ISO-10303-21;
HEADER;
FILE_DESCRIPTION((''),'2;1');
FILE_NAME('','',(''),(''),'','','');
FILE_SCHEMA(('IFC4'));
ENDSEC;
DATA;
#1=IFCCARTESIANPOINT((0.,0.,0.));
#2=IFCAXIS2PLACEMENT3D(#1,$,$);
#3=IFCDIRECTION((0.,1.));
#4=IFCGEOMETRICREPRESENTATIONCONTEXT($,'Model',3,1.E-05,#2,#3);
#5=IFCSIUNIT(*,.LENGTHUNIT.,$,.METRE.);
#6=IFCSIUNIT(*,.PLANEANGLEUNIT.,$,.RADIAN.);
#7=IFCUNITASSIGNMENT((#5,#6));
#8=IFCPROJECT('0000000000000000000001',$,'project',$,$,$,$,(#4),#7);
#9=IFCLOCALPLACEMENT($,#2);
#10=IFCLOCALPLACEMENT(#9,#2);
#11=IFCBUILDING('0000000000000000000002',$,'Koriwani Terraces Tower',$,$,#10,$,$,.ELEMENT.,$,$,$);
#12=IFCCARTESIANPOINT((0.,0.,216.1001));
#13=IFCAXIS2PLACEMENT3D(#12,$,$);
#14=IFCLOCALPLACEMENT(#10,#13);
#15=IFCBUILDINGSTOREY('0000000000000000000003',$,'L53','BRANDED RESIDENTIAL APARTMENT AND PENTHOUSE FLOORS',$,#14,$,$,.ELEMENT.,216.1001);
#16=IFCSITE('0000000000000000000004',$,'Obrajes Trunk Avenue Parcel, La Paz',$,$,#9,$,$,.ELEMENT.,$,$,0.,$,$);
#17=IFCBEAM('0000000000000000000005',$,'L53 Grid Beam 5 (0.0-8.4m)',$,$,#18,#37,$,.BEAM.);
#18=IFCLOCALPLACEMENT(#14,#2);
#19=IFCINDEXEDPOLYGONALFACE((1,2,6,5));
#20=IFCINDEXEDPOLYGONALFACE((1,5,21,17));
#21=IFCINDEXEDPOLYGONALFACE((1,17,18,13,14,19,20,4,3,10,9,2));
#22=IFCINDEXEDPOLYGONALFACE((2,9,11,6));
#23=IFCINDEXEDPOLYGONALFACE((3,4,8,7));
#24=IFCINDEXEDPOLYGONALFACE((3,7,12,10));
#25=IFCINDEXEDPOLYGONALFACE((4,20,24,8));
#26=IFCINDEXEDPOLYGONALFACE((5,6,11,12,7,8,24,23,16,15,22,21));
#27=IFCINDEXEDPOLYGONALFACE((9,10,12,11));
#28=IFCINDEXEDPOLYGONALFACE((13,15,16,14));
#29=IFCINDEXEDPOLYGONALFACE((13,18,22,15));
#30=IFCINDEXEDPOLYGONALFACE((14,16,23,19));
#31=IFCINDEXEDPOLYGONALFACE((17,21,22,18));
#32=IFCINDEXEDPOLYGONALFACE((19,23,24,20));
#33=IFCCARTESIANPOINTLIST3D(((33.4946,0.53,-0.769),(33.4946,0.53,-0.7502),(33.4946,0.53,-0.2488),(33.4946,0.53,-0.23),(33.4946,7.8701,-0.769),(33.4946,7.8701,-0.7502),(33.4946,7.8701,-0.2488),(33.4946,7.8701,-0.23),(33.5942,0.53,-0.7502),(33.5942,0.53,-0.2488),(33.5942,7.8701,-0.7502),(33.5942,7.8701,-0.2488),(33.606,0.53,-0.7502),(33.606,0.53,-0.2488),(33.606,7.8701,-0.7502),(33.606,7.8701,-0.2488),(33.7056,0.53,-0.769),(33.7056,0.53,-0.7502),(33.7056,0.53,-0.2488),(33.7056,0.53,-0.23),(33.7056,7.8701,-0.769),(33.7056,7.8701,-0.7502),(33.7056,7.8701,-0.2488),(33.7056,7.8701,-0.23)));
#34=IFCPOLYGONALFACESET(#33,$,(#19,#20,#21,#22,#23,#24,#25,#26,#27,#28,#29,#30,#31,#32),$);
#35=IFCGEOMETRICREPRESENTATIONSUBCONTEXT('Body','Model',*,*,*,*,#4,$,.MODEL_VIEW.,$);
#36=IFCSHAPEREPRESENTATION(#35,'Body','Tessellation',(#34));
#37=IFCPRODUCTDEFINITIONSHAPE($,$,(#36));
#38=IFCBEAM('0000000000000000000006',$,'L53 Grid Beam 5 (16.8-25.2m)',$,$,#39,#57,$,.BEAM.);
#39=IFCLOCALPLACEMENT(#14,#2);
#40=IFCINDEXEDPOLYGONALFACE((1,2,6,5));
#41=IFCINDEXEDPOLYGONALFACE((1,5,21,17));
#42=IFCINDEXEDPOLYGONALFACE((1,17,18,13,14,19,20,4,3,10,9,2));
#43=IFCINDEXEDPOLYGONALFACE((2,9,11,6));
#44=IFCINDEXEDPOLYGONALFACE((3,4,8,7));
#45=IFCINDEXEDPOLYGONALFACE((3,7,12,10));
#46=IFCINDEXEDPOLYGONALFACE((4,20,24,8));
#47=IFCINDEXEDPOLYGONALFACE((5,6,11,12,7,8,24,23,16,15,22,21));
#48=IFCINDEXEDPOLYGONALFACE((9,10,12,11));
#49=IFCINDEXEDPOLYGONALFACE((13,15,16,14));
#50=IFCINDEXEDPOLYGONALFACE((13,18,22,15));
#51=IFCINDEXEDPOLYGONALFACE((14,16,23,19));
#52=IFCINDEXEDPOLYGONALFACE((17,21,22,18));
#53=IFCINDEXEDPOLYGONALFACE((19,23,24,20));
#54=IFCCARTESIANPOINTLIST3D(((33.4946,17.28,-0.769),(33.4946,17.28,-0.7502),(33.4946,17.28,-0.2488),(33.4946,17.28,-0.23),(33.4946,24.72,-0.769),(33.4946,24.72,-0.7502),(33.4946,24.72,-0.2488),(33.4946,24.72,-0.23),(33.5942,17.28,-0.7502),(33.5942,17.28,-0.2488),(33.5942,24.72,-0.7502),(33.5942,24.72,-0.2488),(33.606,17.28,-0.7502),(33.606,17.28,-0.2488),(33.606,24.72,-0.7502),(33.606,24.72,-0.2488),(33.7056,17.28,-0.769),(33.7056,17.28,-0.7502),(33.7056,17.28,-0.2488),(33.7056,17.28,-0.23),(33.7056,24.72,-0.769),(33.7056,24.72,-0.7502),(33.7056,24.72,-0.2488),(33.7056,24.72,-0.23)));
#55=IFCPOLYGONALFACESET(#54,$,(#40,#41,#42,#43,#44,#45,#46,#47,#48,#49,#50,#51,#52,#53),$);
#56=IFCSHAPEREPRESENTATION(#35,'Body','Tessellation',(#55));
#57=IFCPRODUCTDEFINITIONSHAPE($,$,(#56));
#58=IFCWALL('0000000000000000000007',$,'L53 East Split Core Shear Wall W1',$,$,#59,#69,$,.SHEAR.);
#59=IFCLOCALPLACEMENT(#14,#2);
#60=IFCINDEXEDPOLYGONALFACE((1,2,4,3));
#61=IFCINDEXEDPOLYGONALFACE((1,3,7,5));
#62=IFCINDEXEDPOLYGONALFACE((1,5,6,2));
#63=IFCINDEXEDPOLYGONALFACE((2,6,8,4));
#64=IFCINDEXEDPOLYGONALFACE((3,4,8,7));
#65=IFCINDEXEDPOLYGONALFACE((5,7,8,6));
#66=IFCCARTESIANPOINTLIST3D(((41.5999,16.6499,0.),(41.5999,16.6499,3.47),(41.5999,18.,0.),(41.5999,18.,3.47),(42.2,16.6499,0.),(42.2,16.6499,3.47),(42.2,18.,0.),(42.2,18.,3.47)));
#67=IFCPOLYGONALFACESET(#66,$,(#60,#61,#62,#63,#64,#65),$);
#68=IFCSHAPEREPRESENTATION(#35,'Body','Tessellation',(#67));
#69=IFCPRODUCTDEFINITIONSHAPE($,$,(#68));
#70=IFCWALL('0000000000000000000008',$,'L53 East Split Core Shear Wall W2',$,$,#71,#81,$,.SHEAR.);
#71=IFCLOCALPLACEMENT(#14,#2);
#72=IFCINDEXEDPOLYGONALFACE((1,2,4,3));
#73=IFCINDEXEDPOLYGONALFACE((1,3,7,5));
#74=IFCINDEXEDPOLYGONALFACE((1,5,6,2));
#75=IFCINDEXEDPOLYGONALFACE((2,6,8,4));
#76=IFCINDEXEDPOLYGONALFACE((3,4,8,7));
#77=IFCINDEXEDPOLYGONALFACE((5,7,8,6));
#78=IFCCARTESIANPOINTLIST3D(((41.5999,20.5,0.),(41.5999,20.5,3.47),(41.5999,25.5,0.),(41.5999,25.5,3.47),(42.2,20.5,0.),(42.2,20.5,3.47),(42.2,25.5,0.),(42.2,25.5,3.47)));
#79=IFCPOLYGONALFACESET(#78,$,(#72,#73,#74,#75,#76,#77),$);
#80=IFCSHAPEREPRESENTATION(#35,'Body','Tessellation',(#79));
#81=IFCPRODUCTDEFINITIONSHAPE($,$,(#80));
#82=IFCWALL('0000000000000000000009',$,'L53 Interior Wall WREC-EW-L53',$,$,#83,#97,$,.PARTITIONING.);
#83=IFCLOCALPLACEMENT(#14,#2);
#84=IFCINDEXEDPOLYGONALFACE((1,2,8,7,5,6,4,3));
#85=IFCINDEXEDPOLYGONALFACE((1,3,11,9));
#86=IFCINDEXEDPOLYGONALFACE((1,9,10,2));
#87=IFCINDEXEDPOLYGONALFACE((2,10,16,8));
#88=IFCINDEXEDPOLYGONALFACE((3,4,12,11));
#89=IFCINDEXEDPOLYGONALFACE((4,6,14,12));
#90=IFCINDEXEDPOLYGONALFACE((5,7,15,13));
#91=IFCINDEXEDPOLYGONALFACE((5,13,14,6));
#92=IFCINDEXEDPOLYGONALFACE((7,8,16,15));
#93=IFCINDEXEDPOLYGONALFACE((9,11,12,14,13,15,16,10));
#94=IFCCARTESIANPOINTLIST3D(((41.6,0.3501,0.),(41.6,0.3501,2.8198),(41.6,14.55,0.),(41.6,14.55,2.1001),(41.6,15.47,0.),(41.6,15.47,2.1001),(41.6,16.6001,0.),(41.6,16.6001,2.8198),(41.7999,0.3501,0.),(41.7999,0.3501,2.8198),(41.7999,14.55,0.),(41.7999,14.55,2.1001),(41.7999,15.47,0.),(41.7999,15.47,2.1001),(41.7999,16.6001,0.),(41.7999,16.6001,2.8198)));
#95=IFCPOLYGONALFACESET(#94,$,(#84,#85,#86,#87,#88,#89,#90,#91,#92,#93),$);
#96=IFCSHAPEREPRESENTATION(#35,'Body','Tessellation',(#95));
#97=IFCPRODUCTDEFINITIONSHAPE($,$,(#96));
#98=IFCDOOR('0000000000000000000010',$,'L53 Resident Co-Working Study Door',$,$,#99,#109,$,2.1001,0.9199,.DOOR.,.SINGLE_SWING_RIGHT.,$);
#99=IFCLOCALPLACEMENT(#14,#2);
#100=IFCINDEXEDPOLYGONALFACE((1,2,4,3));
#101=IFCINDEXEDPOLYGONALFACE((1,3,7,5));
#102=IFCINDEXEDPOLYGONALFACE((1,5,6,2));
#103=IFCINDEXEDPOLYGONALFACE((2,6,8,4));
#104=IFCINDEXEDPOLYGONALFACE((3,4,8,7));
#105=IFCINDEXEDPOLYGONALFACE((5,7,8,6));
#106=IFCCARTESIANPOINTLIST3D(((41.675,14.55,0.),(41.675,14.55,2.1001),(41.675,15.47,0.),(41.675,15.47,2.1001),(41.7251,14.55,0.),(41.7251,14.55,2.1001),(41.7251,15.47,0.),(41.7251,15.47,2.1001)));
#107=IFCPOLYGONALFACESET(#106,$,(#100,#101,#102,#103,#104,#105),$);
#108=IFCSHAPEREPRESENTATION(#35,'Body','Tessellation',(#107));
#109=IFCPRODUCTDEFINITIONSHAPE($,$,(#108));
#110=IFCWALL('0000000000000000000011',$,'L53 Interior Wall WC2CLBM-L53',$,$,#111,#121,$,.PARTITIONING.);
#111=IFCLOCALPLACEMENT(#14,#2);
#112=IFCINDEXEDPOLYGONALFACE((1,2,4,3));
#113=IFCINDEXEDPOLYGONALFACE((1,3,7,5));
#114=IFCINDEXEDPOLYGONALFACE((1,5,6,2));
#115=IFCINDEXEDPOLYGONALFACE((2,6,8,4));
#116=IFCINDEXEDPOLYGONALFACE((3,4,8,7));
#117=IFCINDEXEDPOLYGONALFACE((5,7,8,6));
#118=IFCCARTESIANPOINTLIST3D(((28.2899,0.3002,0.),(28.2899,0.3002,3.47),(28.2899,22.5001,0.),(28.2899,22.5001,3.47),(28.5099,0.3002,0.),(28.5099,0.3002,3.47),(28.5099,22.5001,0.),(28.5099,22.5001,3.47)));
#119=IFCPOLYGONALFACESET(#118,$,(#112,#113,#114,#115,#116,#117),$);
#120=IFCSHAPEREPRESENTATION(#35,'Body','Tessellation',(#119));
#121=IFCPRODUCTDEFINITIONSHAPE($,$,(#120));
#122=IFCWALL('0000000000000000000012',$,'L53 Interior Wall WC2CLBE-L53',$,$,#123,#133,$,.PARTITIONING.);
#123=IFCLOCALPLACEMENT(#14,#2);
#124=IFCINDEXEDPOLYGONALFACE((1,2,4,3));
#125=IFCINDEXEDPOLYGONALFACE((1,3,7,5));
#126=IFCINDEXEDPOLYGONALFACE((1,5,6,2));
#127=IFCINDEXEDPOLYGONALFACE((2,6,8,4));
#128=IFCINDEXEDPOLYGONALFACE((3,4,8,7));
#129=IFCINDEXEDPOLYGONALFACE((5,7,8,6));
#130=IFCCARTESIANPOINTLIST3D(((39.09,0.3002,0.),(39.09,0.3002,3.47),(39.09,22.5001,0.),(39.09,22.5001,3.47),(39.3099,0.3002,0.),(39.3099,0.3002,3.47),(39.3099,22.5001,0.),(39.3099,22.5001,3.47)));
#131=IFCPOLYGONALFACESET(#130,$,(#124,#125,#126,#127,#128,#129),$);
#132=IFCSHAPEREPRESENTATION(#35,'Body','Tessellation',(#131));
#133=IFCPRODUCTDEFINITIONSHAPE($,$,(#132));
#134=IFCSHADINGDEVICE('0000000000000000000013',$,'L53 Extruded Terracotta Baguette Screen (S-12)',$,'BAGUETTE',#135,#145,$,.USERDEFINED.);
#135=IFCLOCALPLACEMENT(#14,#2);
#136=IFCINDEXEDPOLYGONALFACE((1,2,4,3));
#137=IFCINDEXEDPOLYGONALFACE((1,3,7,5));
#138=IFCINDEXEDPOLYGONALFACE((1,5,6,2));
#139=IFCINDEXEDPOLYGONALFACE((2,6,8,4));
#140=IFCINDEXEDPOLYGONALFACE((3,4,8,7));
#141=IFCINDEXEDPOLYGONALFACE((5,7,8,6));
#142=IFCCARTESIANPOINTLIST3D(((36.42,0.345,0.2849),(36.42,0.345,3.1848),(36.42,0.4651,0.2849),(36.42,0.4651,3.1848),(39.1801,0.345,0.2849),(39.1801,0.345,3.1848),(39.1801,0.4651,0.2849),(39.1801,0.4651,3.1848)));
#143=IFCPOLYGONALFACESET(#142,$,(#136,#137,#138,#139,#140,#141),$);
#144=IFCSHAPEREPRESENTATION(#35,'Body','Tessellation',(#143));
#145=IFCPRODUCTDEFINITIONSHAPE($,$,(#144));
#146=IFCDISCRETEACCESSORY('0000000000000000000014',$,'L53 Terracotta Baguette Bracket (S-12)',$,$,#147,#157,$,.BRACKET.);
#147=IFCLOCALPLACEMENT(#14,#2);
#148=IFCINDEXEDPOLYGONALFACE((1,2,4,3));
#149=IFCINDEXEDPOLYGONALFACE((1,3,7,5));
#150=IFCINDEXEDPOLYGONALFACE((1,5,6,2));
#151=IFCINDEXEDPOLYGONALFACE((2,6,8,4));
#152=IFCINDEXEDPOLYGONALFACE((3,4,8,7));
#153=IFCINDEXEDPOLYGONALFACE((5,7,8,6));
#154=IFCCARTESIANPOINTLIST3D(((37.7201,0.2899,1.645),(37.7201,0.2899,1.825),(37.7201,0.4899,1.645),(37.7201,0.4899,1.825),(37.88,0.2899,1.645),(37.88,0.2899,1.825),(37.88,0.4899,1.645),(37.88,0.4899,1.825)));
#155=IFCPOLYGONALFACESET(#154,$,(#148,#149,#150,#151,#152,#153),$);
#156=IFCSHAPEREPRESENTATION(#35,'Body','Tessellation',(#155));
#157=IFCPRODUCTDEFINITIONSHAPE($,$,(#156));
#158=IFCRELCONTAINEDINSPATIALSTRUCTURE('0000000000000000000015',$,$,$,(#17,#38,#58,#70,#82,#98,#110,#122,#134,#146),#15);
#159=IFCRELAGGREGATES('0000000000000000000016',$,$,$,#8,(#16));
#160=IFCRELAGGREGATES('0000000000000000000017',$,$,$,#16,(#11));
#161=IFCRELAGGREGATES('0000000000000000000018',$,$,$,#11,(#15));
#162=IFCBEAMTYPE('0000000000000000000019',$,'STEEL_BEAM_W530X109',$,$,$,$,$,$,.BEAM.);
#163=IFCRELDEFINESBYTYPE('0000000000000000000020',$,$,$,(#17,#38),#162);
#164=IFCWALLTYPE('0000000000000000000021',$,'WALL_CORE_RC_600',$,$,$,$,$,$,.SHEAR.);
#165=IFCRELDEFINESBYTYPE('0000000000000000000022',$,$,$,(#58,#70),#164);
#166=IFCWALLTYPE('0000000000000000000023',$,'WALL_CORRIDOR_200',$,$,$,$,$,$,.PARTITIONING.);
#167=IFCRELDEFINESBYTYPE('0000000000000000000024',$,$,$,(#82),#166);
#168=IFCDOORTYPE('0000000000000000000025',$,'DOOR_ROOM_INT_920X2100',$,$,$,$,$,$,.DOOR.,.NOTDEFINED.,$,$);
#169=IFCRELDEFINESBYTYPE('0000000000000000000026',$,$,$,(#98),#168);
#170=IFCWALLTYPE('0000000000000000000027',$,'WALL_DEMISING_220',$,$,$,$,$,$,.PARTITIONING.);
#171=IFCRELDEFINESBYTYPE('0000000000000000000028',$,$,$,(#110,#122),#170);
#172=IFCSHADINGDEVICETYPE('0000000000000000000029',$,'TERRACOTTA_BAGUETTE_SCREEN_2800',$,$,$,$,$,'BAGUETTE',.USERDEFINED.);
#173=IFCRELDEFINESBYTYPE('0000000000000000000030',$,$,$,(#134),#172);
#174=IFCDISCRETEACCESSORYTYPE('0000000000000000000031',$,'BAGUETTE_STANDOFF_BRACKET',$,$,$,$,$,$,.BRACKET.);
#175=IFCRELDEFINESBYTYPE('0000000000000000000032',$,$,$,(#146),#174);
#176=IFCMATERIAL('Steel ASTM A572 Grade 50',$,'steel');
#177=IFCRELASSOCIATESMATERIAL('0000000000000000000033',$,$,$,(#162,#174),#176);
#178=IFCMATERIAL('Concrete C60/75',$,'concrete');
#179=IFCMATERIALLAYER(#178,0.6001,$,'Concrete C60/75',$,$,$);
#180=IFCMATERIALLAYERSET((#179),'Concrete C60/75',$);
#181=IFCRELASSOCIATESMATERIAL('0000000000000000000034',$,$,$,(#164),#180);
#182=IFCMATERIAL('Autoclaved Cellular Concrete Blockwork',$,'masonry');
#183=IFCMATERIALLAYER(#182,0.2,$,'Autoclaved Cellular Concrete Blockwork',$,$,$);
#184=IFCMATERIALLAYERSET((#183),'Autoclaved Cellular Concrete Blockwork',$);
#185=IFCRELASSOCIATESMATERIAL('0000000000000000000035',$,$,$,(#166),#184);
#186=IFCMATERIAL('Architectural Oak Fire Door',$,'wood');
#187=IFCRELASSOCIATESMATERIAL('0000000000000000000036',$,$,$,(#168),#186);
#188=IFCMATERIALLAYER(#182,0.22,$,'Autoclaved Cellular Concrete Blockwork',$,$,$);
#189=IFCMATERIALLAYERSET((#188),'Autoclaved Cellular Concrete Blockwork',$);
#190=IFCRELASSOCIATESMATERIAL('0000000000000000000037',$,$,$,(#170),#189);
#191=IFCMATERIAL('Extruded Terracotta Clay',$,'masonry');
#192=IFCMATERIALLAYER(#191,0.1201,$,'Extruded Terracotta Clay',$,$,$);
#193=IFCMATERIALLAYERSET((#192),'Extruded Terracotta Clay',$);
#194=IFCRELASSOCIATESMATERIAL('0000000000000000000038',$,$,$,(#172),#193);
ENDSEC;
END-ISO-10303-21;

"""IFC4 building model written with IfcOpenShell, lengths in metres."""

from ifc_helpers import new_model, si_unit, direction, frame, frame_2d, origin, origin_2d, place, context, subcontext, project, spatial, rectangle, i_section, extrude, material, layer, layer_set, material_profile, profile_set, type_object, element, fill, save


model = new_model("IFC4")

# Units and contexts
model_context = context("Model", 3, precision=1e-05, world=origin(), true_north=direction((0.0, 1.0)))
body_context = subcontext(model_context, "Body", "Model", "MODEL_VIEW")
ifc_project = project(units=[si_unit("LENGTHUNIT", "METRE"), si_unit("PLANEANGLEUNIT", "RADIAN")], contexts=[model_context])

# Site, building, storey
site_placement = place(None, origin())
site = spatial("IfcSite", under=ifc_project, at=site_placement, Name="Obrajes Trunk Avenue Parcel, La Paz", CompositionType="ELEMENT", RefElevation=0.0)
building_placement = place(site_placement, origin())
building = spatial("IfcBuilding", under=site, at=building_placement, Name="Koriwani Terraces Tower", CompositionType="ELEMENT")
storey_placement = place(building_placement, frame((0.0, 0.0, 216.1001)))
storey = spatial("IfcBuildingStorey", under=building, at=storey_placement, Name="L53", Description="BRANDED RESIDENTIAL APARTMENT AND PENTHOUSE FLOORS", CompositionType="ELEMENT", Elevation=216.1001)

# Beams
ifc_material_1 = material(Name="Concrete C60/75", Category="concrete")
ifc_material_2 = material(Name="Steel ASTM A572 Grade 50", Category="steel")
ifc_material_profile_1 = material_profile(ifc_material_2, i_section(OverallWidth=0.2109, OverallDepth=0.5391, WebThickness=0.0117, FlangeThickness=0.0188, at=origin_2d()), Name="Steel ASTM A572 Grade 50", Category="LoadBearing")
ifc_profile_set_1 = profile_set([ifc_material_profile_1], Name="Steel ASTM A572 Grade 50")
beam_type_1 = type_object("IfcBeamType", Name="STEEL_BEAM_W530X109", PredefinedType="BEAM", material=ifc_profile_set_1)
beam_1_placement = place(storey_placement, frame((33.6001, 0.53, -0.4995), z_axis=(0.0, 1.0, 0.0), x_axis=(-1.0, 0.0, 0.0)))
element("IfcBeam", 1, at=beam_1_placement, inside=storey, type_object=beam_type_1, Name="L53 Grid Beam 5 (0.0-8.4m)", PredefinedType="BEAM", context=body_context, shape_type="SweptSolid", body=[
    extrude(i_section(OverallWidth=0.2109, OverallDepth=0.5391, WebThickness=0.0117, FlangeThickness=0.0188, at=origin_2d()), origin(), (0.0, 0.0, 1.0), 7.3401),
])
beam_2_placement = place(storey_placement, frame((33.6001, 17.28, -0.4995), z_axis=(0.0, 1.0, 0.0), x_axis=(-1.0, 0.0, 0.0)))
element("IfcBeam", 2, at=beam_2_placement, inside=storey, type_object=beam_type_1, Name="L53 Grid Beam 5 (16.8-25.2m)", PredefinedType="BEAM", context=body_context, shape_type="SweptSolid", body=[
    extrude(i_section(OverallWidth=0.2109, OverallDepth=0.5391, WebThickness=0.0117, FlangeThickness=0.0188, at=origin_2d()), origin(), (0.0, 0.0, 1.0), 7.4399),
])

# Walls
ifc_layer_1 = layer(ifc_material_1, 0.6001, Name="Concrete C60/75")
ifc_layer_set_1 = layer_set([ifc_layer_1], Name="Concrete C60/75")
wall_type_1 = type_object("IfcWallType", Name="WALL_CORE_RC_600", PredefinedType="SHEAR", material=ifc_layer_set_1)
wall_1_placement = place(storey_placement, frame((41.8999, 16.6499, 0.0), z_axis=(0.0, 0.0, 1.0), x_axis=(0.0, 1.0, 0.0)))
element("IfcWall", 3, at=wall_1_placement, inside=storey, type_object=wall_type_1, Name="L53 East Split Core Shear Wall W1", PredefinedType="SHEAR", context=body_context, shape_type="SweptSolid", body=[
    extrude(rectangle(XDim=1.3501, YDim=0.6001, at=frame_2d((0.675, 0.0))), origin(), (0.0, 0.0, 1.0), 3.47),
])
wall_2_placement = place(storey_placement, frame((41.8999, 20.5, 0.0), z_axis=(0.0, 0.0, 1.0), x_axis=(0.0, 1.0, 0.0)))
element("IfcWall", 4, at=wall_2_placement, inside=storey, type_object=wall_type_1, Name="L53 East Split Core Shear Wall W2", PredefinedType="SHEAR", context=body_context, shape_type="SweptSolid", body=[
    extrude(rectangle(XDim=5.0, YDim=0.6001, at=frame_2d((2.5, 0.0))), origin(), (0.0, 0.0, 1.0), 3.47),
])

# Wall, opening, door
ifc_material_3 = material(Name="Autoclaved Cellular Concrete Blockwork", Category="masonry")
ifc_layer_2 = layer(ifc_material_3, 0.2, Name="Autoclaved Cellular Concrete Blockwork")
ifc_layer_set_2 = layer_set([ifc_layer_2], Name="Autoclaved Cellular Concrete Blockwork")
wall_type_2 = type_object("IfcWallType", Name="WALL_CORRIDOR_200", PredefinedType="PARTITIONING", material=ifc_layer_set_2)
wall_3_placement = place(storey_placement, frame((41.7, 0.3501, 0.0), z_axis=(0.0, 0.0, 1.0), x_axis=(0.0, 1.0, 0.0)))
wall_3 = element("IfcWall", 5, at=wall_3_placement, inside=storey, type_object=wall_type_2, Name="L53 Interior Wall WREC-EW-L53", PredefinedType="PARTITIONING", context=body_context, shape_type="SweptSolid", body=[
    extrude(rectangle(XDim=16.25, YDim=0.2, at=frame_2d((8.125, 0.0))), origin(), (0.0, 0.0, 1.0), 2.8198),
])
opening_placement = place(wall_3_placement, frame((14.2, 0.0, 0.0)))
opening = element("IfcOpeningElement", 6, at=opening_placement, cuts=wall_3, PredefinedType="OPENING", context=body_context, shape_type="SweptSolid", body=[
    extrude(rectangle(XDim=0.9199, YDim=2.1001, at=frame_2d((0.46, 1.05))), frame((0.0, 0.1099, 0.0), z_axis=(0.0, -1.0, 0.0), x_axis=(1.0, 0.0, 0.0)), (0.0, 0.0, 1.0), 0.22),
])
ifc_material_4 = material(Name="Architectural Oak Fire Door", Category="wood")
door_type = type_object("IfcDoorType", Name="DOOR_ROOM_INT_920X2100", OperationType="NOTDEFINED", PredefinedType="DOOR", material=ifc_material_4)
door_placement = place(opening_placement, origin())
door = element("IfcDoor", 7, at=door_placement, inside=storey, type_object=door_type, Name="L53 Resident Co-Working Study Door", OperationType="SINGLE_SWING_RIGHT", OverallHeight=2.1001, OverallWidth=0.9199, PredefinedType="DOOR", context=body_context, shape_type="SweptSolid", body=[
    extrude(rectangle(XDim=0.9199, YDim=2.1001, at=frame_2d((0.46, 1.05))), frame((0.0, 0.0249, 0.0), z_axis=(0.0, -1.0, 0.0), x_axis=(1.0, 0.0, 0.0)), (0.0, 0.0, 1.0), 0.05),
])
fill(opening, door)

# Walls
ifc_layer_3 = layer(ifc_material_3, 0.22, Name="Autoclaved Cellular Concrete Blockwork")
ifc_layer_set_3 = layer_set([ifc_layer_3], Name="Autoclaved Cellular Concrete Blockwork")
wall_type_3 = type_object("IfcWallType", Name="WALL_DEMISING_220", PredefinedType="PARTITIONING", material=ifc_layer_set_3)
for number, where, z_axis, x_axis, name in (
    (8, (28.3999, 0.3, 0.0), (0.0, 0.0, 1.0), (0.0, 1.0, 0.0), "L53 Interior Wall WC2CLBM-L53"),
    (9, (39.2, 0.3, 0.0), (0.0, 0.0, 1.0), (0.0, 1.0, 0.0), "L53 Interior Wall WC2CLBE-L53"),
):
    element("IfcWall", number, at=place(storey_placement, frame(where, z_axis=z_axis, x_axis=x_axis)), inside=storey, type_object=wall_type_3, Name=name, PredefinedType="PARTITIONING", context=body_context, shape_type="SweptSolid", body=[
        extrude(rectangle(XDim=22.2, YDim=0.22, at=frame_2d((11.1001, 0.0))), origin(), (0.0, 0.0, 1.0), 3.47),
    ])

# Shading device
ifc_material_5 = material(Name="Extruded Terracotta Clay", Category="masonry")
ifc_layer_4 = layer(ifc_material_5, 0.1201, Name="Extruded Terracotta Clay")
ifc_layer_set_4 = layer_set([ifc_layer_4], Name="Extruded Terracotta Clay")
shading_device_type = type_object("IfcShadingDeviceType", Name="TERRACOTTA_BAGUETTE_SCREEN_2800", ElementType="BAGUETTE", PredefinedType="USERDEFINED", material=ifc_layer_set_4)
shading_device_placement = place(storey_placement, frame((37.8, 0.405, 0.2849), z_axis=(0.0, 0.0, 1.0), x_axis=(-1.0, 0.0, 0.0)))
element("IfcShadingDevice", 10, at=shading_device_placement, inside=storey, type_object=shading_device_type, Name="L53 Extruded Terracotta Baguette Screen (S-12)", ObjectType="BAGUETTE", PredefinedType="USERDEFINED", context=body_context, shape_type="SweptSolid", body=[
    extrude(rectangle(XDim=2.76, YDim=0.1201, at=origin_2d()), origin(), (0.0, 0.0, 1.0), 2.8999),
])

# Discrete accessory
discrete_accessory_type = type_object("IfcDiscreteAccessoryType", Name="BAGUETTE_STANDOFF_BRACKET", PredefinedType="BRACKET", material=ifc_material_2)
discrete_accessory_placement = place(storey_placement, frame((37.8, 0.3899, 1.645), z_axis=(0.0, 0.0, 1.0), x_axis=(-1.0, 0.0, 0.0)))
element("IfcDiscreteAccessory", 11, at=discrete_accessory_placement, inside=storey, type_object=discrete_accessory_type, Name="L53 Terracotta Baguette Bracket (S-12)", PredefinedType="BRACKET", context=body_context, shape_type="SweptSolid", body=[
    extrude(rectangle(XDim=0.1599, YDim=0.2, at=origin_2d()), origin(), (0.0, 0.0, 1.0), 0.1799),
])

save(model, "model.ifc")
